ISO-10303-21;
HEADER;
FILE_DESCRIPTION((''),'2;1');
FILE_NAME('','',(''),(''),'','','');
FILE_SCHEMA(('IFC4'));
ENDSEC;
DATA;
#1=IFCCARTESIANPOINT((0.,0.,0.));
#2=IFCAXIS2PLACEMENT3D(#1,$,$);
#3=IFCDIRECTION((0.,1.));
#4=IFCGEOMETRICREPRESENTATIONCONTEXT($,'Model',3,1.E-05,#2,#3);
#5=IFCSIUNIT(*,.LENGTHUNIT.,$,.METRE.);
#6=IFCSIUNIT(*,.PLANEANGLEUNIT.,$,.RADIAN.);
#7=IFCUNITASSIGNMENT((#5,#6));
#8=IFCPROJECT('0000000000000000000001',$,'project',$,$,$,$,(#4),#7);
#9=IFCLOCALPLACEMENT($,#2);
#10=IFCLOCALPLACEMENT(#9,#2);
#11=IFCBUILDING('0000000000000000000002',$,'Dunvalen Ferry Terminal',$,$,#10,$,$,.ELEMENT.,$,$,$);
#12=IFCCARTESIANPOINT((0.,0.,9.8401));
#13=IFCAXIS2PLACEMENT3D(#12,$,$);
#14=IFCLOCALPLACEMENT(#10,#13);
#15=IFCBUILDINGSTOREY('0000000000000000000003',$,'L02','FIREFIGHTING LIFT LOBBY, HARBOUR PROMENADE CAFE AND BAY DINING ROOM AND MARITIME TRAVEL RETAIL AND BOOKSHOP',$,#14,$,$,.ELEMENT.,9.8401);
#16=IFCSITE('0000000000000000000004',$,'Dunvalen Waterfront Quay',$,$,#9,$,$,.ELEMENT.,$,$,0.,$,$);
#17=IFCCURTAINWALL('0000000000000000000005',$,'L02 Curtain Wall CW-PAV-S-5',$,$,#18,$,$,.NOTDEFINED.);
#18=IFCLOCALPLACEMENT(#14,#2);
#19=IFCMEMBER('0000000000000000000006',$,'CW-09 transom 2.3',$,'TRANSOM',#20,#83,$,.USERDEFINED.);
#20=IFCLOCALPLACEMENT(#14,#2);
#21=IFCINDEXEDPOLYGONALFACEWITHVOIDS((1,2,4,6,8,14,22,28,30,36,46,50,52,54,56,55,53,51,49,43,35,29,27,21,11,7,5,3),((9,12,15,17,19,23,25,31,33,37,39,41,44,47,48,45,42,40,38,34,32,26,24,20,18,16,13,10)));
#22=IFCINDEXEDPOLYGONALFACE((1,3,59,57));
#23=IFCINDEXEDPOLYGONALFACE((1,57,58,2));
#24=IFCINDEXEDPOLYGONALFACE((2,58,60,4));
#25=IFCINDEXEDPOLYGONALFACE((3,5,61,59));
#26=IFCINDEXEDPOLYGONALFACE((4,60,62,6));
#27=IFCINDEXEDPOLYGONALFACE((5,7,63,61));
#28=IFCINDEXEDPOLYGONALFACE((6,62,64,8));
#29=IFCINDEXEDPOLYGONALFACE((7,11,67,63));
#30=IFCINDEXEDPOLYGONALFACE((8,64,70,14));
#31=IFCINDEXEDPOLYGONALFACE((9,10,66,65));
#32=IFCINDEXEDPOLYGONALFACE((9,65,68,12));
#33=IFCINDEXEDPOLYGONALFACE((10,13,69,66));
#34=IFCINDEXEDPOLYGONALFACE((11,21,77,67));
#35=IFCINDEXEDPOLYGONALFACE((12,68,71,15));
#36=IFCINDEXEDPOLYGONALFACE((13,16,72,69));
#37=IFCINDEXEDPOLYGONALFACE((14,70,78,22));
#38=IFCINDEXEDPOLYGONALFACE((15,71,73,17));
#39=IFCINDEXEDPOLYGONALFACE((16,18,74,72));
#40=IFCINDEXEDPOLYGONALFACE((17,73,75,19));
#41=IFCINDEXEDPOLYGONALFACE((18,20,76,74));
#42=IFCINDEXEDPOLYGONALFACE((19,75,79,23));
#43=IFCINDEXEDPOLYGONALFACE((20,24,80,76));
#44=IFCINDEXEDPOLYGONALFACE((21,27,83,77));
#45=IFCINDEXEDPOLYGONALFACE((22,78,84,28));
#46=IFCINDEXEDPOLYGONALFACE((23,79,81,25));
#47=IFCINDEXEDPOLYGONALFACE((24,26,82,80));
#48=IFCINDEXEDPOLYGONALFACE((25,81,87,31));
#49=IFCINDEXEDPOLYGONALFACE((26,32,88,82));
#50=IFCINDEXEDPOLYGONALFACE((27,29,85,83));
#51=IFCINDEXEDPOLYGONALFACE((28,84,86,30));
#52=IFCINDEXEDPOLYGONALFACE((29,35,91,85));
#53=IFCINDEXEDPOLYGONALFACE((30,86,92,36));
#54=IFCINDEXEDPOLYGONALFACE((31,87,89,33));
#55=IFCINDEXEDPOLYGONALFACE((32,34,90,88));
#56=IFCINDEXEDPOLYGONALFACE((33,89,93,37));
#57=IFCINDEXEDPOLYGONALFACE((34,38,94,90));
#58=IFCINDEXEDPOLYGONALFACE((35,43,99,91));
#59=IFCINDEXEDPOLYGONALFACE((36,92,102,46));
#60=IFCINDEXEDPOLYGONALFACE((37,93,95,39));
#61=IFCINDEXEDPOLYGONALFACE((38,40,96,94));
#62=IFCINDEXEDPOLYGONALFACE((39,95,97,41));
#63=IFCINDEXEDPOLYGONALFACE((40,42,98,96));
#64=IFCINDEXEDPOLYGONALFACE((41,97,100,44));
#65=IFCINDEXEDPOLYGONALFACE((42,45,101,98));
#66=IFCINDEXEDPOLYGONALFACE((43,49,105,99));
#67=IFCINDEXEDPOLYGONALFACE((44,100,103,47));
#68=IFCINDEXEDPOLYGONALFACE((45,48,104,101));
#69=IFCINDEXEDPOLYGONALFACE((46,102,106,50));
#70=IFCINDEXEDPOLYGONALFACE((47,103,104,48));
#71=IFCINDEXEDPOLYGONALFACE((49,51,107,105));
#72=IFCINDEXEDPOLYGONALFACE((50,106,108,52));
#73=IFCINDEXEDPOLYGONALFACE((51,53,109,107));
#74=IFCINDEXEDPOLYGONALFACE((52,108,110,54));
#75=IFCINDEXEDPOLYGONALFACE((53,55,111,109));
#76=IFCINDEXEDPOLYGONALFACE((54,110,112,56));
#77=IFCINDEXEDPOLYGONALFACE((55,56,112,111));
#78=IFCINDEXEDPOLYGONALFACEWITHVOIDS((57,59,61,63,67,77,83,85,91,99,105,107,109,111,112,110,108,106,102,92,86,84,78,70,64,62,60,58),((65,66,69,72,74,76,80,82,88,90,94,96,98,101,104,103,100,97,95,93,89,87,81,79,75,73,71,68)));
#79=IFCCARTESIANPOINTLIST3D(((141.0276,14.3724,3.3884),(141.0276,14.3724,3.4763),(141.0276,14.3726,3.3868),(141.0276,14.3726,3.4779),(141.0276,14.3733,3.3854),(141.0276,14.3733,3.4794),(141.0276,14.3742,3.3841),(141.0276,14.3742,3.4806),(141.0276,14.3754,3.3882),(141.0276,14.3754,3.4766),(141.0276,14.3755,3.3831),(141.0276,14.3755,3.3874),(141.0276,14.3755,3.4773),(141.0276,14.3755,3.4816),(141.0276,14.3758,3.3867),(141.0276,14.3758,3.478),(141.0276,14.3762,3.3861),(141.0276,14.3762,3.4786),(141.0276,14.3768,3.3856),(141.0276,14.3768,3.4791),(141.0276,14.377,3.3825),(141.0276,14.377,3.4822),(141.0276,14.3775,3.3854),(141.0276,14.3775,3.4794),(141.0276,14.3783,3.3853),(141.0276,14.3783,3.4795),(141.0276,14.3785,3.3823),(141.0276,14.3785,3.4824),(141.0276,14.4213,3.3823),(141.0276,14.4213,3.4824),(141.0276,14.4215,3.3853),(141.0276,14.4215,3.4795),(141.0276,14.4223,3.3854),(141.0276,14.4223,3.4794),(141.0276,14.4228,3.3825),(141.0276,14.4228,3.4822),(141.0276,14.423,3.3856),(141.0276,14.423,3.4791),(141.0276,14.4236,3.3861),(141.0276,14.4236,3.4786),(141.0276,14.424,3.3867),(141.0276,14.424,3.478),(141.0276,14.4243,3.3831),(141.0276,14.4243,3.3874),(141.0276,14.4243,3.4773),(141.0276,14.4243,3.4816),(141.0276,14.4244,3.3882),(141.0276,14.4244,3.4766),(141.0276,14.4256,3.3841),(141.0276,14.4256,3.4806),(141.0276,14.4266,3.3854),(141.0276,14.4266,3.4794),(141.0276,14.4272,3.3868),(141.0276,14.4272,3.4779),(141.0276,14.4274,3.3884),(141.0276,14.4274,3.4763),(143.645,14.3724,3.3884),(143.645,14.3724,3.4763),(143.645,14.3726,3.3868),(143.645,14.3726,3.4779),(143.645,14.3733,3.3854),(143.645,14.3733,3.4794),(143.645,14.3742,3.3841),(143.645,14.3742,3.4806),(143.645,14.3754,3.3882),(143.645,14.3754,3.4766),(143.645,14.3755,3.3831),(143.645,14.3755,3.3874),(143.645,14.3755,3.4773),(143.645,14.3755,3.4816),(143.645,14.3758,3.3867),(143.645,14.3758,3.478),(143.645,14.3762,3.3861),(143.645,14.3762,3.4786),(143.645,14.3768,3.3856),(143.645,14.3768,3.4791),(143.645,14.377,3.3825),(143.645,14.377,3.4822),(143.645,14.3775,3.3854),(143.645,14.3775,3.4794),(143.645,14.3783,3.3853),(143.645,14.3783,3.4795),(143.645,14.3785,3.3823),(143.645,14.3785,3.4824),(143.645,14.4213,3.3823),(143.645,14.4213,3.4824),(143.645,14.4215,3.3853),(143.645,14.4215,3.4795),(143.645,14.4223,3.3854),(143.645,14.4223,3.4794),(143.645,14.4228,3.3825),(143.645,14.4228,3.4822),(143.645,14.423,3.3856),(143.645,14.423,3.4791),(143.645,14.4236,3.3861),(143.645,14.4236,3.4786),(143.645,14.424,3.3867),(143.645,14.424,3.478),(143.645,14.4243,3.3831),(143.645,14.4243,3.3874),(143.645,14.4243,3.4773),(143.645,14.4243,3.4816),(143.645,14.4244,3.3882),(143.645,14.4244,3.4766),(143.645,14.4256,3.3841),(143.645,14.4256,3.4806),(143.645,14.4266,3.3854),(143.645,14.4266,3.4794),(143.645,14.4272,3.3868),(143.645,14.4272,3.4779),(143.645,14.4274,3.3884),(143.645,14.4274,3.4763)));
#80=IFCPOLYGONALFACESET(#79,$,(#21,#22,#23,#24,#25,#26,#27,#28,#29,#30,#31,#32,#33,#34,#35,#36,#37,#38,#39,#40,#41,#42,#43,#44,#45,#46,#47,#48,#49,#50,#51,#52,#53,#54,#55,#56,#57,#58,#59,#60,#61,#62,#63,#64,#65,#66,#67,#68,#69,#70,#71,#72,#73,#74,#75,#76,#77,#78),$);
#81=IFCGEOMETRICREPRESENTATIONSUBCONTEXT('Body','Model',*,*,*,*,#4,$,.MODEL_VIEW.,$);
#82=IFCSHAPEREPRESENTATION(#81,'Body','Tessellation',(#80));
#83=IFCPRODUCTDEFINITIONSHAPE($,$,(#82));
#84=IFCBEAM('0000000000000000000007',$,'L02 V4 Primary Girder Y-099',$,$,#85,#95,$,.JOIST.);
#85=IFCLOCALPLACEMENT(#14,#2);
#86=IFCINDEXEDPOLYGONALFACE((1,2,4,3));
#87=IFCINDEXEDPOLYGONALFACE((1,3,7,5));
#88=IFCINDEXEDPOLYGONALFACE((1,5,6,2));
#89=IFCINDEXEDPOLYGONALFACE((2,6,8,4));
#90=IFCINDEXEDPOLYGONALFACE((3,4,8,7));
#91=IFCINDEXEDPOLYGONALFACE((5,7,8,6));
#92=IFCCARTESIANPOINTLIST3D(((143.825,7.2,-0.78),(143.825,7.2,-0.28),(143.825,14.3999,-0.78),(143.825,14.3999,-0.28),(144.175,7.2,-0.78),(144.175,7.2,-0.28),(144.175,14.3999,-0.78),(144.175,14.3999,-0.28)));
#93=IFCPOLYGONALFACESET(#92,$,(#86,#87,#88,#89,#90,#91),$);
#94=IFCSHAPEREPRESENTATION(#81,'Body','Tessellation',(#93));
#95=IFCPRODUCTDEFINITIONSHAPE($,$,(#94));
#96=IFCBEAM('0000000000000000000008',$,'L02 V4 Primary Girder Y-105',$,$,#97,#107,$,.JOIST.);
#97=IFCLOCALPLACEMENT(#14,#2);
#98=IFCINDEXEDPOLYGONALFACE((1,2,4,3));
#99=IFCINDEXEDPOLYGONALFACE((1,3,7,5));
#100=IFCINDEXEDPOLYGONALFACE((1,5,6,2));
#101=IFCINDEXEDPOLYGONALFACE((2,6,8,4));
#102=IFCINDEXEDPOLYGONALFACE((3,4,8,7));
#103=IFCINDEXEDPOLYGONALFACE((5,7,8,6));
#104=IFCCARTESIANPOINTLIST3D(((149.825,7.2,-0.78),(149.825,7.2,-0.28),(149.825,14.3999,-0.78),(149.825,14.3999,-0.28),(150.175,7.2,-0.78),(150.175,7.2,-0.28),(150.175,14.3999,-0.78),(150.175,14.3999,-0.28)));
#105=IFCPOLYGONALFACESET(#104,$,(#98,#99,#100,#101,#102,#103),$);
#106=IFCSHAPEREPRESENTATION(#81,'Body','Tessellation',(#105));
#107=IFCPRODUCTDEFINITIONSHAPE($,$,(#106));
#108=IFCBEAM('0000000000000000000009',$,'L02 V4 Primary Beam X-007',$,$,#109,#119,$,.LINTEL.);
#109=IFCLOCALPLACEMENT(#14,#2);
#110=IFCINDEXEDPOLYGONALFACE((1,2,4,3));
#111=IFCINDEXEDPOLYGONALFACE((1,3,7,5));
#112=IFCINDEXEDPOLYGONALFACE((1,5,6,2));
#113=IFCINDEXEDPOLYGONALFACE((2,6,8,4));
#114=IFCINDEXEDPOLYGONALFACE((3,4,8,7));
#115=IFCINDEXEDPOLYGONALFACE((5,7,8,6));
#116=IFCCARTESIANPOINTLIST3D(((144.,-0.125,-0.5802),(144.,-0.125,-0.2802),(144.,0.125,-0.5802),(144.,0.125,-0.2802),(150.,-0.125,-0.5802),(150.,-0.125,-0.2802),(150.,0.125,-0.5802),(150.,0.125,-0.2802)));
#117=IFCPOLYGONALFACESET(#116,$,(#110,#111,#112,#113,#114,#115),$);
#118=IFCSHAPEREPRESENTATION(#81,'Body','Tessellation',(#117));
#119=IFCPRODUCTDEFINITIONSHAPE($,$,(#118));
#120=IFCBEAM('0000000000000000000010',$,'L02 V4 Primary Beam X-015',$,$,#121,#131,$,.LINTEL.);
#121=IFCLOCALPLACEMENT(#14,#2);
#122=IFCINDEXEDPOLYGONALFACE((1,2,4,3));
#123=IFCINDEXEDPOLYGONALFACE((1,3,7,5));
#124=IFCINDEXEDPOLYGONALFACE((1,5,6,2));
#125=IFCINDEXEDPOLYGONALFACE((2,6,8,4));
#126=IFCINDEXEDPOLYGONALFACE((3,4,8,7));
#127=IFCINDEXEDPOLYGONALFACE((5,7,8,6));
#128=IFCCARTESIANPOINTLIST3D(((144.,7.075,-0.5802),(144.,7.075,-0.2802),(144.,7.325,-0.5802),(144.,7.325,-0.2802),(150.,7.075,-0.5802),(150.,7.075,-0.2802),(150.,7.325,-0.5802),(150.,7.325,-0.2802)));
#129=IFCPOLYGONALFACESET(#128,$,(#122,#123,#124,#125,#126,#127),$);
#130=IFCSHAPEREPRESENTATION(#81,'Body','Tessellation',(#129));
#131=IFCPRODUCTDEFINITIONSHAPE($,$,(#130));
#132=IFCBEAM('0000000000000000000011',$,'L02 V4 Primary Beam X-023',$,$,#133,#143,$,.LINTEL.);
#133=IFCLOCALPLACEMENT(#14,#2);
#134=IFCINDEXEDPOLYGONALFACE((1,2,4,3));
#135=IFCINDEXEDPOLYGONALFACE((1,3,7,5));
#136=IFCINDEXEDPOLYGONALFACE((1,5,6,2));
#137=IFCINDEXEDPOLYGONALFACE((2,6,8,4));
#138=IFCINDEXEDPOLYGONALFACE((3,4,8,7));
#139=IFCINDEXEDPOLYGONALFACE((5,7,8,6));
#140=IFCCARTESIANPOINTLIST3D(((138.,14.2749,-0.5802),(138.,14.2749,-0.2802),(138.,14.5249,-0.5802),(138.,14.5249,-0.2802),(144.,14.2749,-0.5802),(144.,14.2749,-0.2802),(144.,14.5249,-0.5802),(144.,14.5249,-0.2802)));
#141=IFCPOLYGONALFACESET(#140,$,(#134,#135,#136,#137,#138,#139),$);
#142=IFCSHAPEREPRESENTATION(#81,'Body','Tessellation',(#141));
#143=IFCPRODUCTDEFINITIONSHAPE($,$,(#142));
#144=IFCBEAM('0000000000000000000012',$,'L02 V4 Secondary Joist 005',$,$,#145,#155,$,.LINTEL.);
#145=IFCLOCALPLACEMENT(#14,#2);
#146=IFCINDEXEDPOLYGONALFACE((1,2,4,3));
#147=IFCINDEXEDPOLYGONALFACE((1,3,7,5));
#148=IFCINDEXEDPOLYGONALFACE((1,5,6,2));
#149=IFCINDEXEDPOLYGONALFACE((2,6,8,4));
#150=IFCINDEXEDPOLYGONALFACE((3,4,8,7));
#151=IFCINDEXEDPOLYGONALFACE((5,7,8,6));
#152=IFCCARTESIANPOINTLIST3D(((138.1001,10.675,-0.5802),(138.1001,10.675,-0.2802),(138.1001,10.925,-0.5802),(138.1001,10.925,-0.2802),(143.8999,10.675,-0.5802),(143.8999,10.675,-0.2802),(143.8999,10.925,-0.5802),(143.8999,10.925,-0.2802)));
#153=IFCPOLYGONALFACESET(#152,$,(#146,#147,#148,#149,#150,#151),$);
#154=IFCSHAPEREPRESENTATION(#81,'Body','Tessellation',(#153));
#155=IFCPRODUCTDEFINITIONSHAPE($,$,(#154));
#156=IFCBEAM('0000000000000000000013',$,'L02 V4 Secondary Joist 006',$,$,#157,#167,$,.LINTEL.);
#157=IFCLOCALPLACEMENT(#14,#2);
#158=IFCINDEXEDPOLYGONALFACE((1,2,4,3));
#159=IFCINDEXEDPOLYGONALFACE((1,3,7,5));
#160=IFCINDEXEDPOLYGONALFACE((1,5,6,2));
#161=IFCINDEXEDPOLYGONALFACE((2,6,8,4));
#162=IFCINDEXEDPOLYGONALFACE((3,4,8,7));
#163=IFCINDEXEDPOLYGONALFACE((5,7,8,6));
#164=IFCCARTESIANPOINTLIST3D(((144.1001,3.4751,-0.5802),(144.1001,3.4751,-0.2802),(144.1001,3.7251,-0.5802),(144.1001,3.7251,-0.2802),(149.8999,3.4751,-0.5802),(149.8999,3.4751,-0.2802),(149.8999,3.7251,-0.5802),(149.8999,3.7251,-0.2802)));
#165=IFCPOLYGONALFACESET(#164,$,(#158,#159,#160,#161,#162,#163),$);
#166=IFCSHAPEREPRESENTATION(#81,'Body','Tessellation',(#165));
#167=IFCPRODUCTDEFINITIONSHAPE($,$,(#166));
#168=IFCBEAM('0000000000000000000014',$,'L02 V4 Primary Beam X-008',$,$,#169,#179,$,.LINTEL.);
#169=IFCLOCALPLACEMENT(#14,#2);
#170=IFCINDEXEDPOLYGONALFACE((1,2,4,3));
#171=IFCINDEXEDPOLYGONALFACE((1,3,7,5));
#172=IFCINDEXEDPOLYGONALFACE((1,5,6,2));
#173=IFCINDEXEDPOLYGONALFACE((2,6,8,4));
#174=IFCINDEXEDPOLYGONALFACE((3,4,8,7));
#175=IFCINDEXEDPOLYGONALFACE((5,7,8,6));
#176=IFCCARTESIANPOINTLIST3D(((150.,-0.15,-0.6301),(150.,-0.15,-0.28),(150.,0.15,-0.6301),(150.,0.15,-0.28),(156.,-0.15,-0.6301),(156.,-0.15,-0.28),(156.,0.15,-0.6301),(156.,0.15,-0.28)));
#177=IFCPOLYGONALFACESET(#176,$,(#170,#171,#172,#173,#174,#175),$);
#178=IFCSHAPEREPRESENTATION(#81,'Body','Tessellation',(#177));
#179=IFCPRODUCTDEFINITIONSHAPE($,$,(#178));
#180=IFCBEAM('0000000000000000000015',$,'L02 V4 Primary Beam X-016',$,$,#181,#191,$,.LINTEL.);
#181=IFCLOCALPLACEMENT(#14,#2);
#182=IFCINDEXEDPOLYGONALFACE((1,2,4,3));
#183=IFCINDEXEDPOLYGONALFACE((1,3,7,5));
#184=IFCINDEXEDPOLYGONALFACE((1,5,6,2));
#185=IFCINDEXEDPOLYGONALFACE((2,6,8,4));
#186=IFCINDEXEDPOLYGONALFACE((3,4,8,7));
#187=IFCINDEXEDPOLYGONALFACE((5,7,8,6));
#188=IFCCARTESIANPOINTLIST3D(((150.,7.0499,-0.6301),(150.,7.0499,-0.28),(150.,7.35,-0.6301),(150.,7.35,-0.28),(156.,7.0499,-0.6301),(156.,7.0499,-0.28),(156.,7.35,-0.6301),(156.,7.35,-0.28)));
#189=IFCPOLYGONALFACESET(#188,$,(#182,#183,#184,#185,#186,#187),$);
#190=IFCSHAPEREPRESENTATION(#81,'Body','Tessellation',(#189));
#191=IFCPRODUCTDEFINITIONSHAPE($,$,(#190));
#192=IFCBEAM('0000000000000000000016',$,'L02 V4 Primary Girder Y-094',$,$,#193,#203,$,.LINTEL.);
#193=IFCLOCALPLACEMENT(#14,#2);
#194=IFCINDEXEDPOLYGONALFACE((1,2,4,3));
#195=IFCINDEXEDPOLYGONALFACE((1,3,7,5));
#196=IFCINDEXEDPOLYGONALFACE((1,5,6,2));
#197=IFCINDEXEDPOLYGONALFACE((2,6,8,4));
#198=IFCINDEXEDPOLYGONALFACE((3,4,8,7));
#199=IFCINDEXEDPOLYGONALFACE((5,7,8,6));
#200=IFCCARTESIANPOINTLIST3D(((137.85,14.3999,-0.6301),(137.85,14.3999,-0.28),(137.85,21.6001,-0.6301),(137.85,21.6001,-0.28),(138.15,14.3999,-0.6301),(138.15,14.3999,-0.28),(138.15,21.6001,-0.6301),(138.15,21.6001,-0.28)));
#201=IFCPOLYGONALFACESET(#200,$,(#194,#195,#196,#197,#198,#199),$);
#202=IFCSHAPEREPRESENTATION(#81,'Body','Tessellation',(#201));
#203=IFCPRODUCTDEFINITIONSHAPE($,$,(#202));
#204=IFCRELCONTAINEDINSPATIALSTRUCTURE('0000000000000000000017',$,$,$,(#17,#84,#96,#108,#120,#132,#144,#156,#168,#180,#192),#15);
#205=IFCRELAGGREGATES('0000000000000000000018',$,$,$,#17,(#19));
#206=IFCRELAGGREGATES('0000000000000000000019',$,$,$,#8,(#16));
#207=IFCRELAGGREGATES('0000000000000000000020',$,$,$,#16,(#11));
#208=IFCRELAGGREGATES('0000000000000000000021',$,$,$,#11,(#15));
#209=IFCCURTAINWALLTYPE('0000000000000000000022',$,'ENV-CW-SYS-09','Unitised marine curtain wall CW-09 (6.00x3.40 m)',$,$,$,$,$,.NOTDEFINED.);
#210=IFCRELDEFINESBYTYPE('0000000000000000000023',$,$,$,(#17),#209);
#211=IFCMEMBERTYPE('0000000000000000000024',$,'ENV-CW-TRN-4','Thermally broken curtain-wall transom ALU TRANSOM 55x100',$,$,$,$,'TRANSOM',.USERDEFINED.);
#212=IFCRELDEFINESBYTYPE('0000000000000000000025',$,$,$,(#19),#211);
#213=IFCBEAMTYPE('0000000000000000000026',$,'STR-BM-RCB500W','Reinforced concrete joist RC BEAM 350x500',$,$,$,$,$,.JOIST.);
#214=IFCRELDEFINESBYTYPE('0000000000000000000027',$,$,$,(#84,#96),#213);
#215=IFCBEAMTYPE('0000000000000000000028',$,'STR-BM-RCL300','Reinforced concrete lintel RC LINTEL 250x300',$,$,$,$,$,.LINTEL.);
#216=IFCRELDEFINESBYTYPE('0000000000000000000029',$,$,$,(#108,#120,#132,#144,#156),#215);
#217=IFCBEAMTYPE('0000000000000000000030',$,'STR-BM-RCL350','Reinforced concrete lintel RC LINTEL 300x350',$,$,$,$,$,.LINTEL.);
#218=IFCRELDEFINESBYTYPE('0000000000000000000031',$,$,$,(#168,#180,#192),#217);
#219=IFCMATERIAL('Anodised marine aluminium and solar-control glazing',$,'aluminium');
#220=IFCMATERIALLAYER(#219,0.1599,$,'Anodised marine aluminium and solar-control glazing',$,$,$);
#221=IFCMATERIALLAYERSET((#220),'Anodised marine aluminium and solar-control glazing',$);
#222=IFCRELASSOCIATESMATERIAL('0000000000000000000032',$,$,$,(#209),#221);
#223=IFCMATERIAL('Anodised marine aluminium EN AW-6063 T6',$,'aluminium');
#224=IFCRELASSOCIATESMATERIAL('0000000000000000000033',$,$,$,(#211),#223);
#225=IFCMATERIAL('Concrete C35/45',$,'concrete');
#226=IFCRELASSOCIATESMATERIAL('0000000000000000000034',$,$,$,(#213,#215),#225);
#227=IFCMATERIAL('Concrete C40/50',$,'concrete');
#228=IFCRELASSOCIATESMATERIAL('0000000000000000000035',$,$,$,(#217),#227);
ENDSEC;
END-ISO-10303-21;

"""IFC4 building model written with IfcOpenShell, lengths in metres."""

from ifc_helpers import new_model, si_unit, direction, frame, origin, origin_2d, place, context, subcontext, project, spatial, rectangle, hollow_rectangle, extrude, material, layer, layer_set, material_profile, profile_set, type_object, element, aggregate, save


model = new_model("IFC4")

# Units and contexts
model_context = context("Model", 3, precision=1e-05, world=origin(), true_north=direction((0.0, 1.0)))
body_context = subcontext(model_context, "Body", "Model", "MODEL_VIEW")
ifc_project = project(units=[si_unit("LENGTHUNIT", "METRE"), si_unit("PLANEANGLEUNIT", "RADIAN")], contexts=[model_context])

# Site, building, storey
site_placement = place(None, origin())
site = spatial("IfcSite", under=ifc_project, at=site_placement, Name="Dunvalen Waterfront Quay", CompositionType="ELEMENT", RefElevation=0.0)
building_placement = place(site_placement, origin())
building = spatial("IfcBuilding", under=site, at=building_placement, Name="Dunvalen Ferry Terminal", CompositionType="ELEMENT")
storey_placement = place(building_placement, frame((0.0, 0.0, 9.8401)))
storey = spatial("IfcBuildingStorey", under=building, at=storey_placement, Name="L02", Description="FIREFIGHTING LIFT LOBBY, HARBOUR PROMENADE CAFE AND BAY DINING ROOM AND MARITIME TRAVEL RETAIL AND BOOKSHOP", CompositionType="ELEMENT", Elevation=9.8401)

# Curtain wall, member
ifc_material_1 = material(Name="Anodised marine aluminium and solar-control glazing", Category="aluminium")
ifc_layer_1 = layer(ifc_material_1, 0.1599, Name="Anodised marine aluminium and solar-control glazing")
ifc_layer_set_1 = layer_set([ifc_layer_1], Name="Anodised marine aluminium and solar-control glazing")
curtain_wall_type = type_object("IfcCurtainWallType", Name="ENV-CW-SYS-09", Description="Unitised marine curtain wall CW-09 (6.00x3.40 m)", PredefinedType="NOTDEFINED", material=ifc_layer_set_1)
curtain_wall_placement = place(storey_placement, origin())
curtain_wall = element("IfcCurtainWall", 1, at=curtain_wall_placement, inside=storey, type_object=curtain_wall_type, Name="L02 Curtain Wall CW-PAV-S-5", PredefinedType="NOTDEFINED")
ifc_material_2 = material(Name="Anodised marine aluminium EN AW-6063 T6", Category="aluminium")
ifc_material_profile_1 = material_profile(ifc_material_2, hollow_rectangle(XDim=0.0549, YDim=0.1001, WallThickness=0.0029, InnerFilletRadius=0.0029, OuterFilletRadius=0.0061, at=origin_2d()), Name="Anodised marine aluminium EN AW-6063 T6")
ifc_profile_set_1 = profile_set([ifc_material_profile_1], Name="Anodised marine aluminium EN AW-6063 T6")
member_type_1 = type_object("IfcMemberType", Name="ENV-CW-TRN-4", Description="Thermally broken curtain-wall transom ALU TRANSOM 55x100", ElementType="TRANSOM", PredefinedType="USERDEFINED", material=ifc_profile_set_1)
member_1_placement = place(storey_placement, frame((141.0276, 14.3999, 3.4324), z_axis=(1.0, 0.0, 0.0), x_axis=(0.0, 1.0, 0.0)))
member_1 = element("IfcMember", 2, at=member_1_placement, type_object=member_type_1, Name="CW-09 transom 2.3", ObjectType="TRANSOM", PredefinedType="USERDEFINED", context=body_context, shape_type="SweptSolid", body=[
    extrude(hollow_rectangle(XDim=0.0549, YDim=0.1001, WallThickness=0.0029, InnerFilletRadius=0.0029, OuterFilletRadius=0.0061, at=origin_2d()), origin(), (0.0, 0.0, 1.0), 2.6174),
])

# Beams
ifc_material_3 = material(Name="Concrete C35/45", Category="concrete")
ifc_material_profile_2 = material_profile(ifc_material_3, rectangle(XDim=0.3501, YDim=0.5, at=origin_2d()), Name="Concrete C35/45")
ifc_profile_set_2 = profile_set([ifc_material_profile_2], Name="Concrete C35/45")
beam_type_1 = type_object("IfcBeamType", Name="STR-BM-RCB500W", Description="Reinforced concrete joist RC BEAM 350x500", PredefinedType="JOIST", material=ifc_profile_set_2)
for number, where, z_axis, x_axis, name in (
    (3, (144.0, 7.2, -0.53), (0.0, 1.0, 0.0), (-1.0, 0.0, 0.0), "L02 V4 Primary Girder Y-099"),
    (4, (150.0, 7.2, -0.53), (0.0, 1.0, 0.0), (-1.0, 0.0, 0.0), "L02 V4 Primary Girder Y-105"),
):
    element("IfcBeam", number, at=place(storey_placement, frame(where, z_axis=z_axis, x_axis=x_axis)), inside=storey, type_object=beam_type_1, Name=name, PredefinedType="JOIST", context=body_context, shape_type="SweptSolid", body=[
        extrude(rectangle(XDim=0.3501, YDim=0.5, at=origin_2d()), origin(), (0.0, 0.0, 1.0), 7.2),
    ])
ifc_material_profile_3 = material_profile(ifc_material_3, rectangle(XDim=0.25, YDim=0.3, at=origin_2d()), Name="Concrete C35/45")
ifc_profile_set_3 = profile_set([ifc_material_profile_3], Name="Concrete C35/45")
beam_type_2 = type_object("IfcBeamType", Name="STR-BM-RCL300", Description="Reinforced concrete lintel RC LINTEL 250x300", PredefinedType="LINTEL", material=ifc_profile_set_3)
for number, where, z_axis, x_axis, name in (
    (5, (144.0, 0.0, -0.4302), (1.0, 0.0, 0.0), (0.0, 1.0, 0.0), "L02 V4 Primary Beam X-007"),
    (6, (144.0, 7.2, -0.4302), (1.0, 0.0, 0.0), (0.0, 1.0, 0.0), "L02 V4 Primary Beam X-015"),
    (7, (138.0, 14.3999, -0.4302), (1.0, 0.0, 0.0), (0.0, 1.0, 0.0), "L02 V4 Primary Beam X-023"),
):
    element("IfcBeam", number, at=place(storey_placement, frame(where, z_axis=z_axis, x_axis=x_axis)), inside=storey, type_object=beam_type_2, Name=name, PredefinedType="LINTEL", context=body_context, shape_type="SweptSolid", body=[
        extrude(rectangle(XDim=0.25, YDim=0.3, at=origin_2d()), origin(), (0.0, 0.0, 1.0), 6.0),
    ])
for number, where, z_axis, x_axis, name in (
    (8, (138.1001, 10.8, -0.4302), (1.0, 0.0, 0.0), (0.0, 1.0, 0.0), "L02 V4 Secondary Joist 005"),
    (9, (144.1001, 3.6001, -0.4302), (1.0, 0.0, 0.0), (0.0, 1.0, 0.0), "L02 V4 Secondary Joist 006"),
):
    element("IfcBeam", number, at=place(storey_placement, frame(where, z_axis=z_axis, x_axis=x_axis)), inside=storey, type_object=beam_type_2, Name=name, PredefinedType="LINTEL", context=body_context, shape_type="SweptSolid", body=[
        extrude(rectangle(XDim=0.25, YDim=0.3, at=origin_2d()), origin(), (0.0, 0.0, 1.0), 5.7998),
    ])
ifc_material_4 = material(Name="Concrete C40/50", Category="concrete")
ifc_material_profile_4 = material_profile(ifc_material_4, rectangle(XDim=0.3, YDim=0.3501, at=origin_2d()), Name="Concrete C40/50")
ifc_profile_set_4 = profile_set([ifc_material_profile_4], Name="Concrete C40/50")
beam_type_3 = type_object("IfcBeamType", Name="STR-BM-RCL350", Description="Reinforced concrete lintel RC LINTEL 300x350", PredefinedType="LINTEL", material=ifc_profile_set_4)
for number, where, z_axis, x_axis, name in (
    (10, (150.0, 0.0, -0.4551), (1.0, 0.0, 0.0), (0.0, 1.0, 0.0), "L02 V4 Primary Beam X-008"),
    (11, (150.0, 7.2, -0.4551), (1.0, 0.0, 0.0), (0.0, 1.0, 0.0), "L02 V4 Primary Beam X-016"),
):
    element("IfcBeam", number, at=place(storey_placement, frame(where, z_axis=z_axis, x_axis=x_axis)), inside=storey, type_object=beam_type_3, Name=name, PredefinedType="LINTEL", context=body_context, shape_type="SweptSolid", body=[
        extrude(rectangle(XDim=0.3, YDim=0.3501, at=origin_2d()), origin(), (0.0, 0.0, 1.0), 6.0),
    ])
beam_placement = place(storey_placement, frame((138.0, 14.3999, -0.4551), z_axis=(0.0, 1.0, 0.0), x_axis=(-1.0, 0.0, 0.0)))
element("IfcBeam", 12, at=beam_placement, inside=storey, type_object=beam_type_3, Name="L02 V4 Primary Girder Y-094", PredefinedType="LINTEL", context=body_context, shape_type="SweptSolid", body=[
    extrude(rectangle(XDim=0.3, YDim=0.3501, at=origin_2d()), origin(), (0.0, 0.0, 1.0), 7.2002),
])

aggregate(curtain_wall, [member_1])

save(model, "model.ifc")
